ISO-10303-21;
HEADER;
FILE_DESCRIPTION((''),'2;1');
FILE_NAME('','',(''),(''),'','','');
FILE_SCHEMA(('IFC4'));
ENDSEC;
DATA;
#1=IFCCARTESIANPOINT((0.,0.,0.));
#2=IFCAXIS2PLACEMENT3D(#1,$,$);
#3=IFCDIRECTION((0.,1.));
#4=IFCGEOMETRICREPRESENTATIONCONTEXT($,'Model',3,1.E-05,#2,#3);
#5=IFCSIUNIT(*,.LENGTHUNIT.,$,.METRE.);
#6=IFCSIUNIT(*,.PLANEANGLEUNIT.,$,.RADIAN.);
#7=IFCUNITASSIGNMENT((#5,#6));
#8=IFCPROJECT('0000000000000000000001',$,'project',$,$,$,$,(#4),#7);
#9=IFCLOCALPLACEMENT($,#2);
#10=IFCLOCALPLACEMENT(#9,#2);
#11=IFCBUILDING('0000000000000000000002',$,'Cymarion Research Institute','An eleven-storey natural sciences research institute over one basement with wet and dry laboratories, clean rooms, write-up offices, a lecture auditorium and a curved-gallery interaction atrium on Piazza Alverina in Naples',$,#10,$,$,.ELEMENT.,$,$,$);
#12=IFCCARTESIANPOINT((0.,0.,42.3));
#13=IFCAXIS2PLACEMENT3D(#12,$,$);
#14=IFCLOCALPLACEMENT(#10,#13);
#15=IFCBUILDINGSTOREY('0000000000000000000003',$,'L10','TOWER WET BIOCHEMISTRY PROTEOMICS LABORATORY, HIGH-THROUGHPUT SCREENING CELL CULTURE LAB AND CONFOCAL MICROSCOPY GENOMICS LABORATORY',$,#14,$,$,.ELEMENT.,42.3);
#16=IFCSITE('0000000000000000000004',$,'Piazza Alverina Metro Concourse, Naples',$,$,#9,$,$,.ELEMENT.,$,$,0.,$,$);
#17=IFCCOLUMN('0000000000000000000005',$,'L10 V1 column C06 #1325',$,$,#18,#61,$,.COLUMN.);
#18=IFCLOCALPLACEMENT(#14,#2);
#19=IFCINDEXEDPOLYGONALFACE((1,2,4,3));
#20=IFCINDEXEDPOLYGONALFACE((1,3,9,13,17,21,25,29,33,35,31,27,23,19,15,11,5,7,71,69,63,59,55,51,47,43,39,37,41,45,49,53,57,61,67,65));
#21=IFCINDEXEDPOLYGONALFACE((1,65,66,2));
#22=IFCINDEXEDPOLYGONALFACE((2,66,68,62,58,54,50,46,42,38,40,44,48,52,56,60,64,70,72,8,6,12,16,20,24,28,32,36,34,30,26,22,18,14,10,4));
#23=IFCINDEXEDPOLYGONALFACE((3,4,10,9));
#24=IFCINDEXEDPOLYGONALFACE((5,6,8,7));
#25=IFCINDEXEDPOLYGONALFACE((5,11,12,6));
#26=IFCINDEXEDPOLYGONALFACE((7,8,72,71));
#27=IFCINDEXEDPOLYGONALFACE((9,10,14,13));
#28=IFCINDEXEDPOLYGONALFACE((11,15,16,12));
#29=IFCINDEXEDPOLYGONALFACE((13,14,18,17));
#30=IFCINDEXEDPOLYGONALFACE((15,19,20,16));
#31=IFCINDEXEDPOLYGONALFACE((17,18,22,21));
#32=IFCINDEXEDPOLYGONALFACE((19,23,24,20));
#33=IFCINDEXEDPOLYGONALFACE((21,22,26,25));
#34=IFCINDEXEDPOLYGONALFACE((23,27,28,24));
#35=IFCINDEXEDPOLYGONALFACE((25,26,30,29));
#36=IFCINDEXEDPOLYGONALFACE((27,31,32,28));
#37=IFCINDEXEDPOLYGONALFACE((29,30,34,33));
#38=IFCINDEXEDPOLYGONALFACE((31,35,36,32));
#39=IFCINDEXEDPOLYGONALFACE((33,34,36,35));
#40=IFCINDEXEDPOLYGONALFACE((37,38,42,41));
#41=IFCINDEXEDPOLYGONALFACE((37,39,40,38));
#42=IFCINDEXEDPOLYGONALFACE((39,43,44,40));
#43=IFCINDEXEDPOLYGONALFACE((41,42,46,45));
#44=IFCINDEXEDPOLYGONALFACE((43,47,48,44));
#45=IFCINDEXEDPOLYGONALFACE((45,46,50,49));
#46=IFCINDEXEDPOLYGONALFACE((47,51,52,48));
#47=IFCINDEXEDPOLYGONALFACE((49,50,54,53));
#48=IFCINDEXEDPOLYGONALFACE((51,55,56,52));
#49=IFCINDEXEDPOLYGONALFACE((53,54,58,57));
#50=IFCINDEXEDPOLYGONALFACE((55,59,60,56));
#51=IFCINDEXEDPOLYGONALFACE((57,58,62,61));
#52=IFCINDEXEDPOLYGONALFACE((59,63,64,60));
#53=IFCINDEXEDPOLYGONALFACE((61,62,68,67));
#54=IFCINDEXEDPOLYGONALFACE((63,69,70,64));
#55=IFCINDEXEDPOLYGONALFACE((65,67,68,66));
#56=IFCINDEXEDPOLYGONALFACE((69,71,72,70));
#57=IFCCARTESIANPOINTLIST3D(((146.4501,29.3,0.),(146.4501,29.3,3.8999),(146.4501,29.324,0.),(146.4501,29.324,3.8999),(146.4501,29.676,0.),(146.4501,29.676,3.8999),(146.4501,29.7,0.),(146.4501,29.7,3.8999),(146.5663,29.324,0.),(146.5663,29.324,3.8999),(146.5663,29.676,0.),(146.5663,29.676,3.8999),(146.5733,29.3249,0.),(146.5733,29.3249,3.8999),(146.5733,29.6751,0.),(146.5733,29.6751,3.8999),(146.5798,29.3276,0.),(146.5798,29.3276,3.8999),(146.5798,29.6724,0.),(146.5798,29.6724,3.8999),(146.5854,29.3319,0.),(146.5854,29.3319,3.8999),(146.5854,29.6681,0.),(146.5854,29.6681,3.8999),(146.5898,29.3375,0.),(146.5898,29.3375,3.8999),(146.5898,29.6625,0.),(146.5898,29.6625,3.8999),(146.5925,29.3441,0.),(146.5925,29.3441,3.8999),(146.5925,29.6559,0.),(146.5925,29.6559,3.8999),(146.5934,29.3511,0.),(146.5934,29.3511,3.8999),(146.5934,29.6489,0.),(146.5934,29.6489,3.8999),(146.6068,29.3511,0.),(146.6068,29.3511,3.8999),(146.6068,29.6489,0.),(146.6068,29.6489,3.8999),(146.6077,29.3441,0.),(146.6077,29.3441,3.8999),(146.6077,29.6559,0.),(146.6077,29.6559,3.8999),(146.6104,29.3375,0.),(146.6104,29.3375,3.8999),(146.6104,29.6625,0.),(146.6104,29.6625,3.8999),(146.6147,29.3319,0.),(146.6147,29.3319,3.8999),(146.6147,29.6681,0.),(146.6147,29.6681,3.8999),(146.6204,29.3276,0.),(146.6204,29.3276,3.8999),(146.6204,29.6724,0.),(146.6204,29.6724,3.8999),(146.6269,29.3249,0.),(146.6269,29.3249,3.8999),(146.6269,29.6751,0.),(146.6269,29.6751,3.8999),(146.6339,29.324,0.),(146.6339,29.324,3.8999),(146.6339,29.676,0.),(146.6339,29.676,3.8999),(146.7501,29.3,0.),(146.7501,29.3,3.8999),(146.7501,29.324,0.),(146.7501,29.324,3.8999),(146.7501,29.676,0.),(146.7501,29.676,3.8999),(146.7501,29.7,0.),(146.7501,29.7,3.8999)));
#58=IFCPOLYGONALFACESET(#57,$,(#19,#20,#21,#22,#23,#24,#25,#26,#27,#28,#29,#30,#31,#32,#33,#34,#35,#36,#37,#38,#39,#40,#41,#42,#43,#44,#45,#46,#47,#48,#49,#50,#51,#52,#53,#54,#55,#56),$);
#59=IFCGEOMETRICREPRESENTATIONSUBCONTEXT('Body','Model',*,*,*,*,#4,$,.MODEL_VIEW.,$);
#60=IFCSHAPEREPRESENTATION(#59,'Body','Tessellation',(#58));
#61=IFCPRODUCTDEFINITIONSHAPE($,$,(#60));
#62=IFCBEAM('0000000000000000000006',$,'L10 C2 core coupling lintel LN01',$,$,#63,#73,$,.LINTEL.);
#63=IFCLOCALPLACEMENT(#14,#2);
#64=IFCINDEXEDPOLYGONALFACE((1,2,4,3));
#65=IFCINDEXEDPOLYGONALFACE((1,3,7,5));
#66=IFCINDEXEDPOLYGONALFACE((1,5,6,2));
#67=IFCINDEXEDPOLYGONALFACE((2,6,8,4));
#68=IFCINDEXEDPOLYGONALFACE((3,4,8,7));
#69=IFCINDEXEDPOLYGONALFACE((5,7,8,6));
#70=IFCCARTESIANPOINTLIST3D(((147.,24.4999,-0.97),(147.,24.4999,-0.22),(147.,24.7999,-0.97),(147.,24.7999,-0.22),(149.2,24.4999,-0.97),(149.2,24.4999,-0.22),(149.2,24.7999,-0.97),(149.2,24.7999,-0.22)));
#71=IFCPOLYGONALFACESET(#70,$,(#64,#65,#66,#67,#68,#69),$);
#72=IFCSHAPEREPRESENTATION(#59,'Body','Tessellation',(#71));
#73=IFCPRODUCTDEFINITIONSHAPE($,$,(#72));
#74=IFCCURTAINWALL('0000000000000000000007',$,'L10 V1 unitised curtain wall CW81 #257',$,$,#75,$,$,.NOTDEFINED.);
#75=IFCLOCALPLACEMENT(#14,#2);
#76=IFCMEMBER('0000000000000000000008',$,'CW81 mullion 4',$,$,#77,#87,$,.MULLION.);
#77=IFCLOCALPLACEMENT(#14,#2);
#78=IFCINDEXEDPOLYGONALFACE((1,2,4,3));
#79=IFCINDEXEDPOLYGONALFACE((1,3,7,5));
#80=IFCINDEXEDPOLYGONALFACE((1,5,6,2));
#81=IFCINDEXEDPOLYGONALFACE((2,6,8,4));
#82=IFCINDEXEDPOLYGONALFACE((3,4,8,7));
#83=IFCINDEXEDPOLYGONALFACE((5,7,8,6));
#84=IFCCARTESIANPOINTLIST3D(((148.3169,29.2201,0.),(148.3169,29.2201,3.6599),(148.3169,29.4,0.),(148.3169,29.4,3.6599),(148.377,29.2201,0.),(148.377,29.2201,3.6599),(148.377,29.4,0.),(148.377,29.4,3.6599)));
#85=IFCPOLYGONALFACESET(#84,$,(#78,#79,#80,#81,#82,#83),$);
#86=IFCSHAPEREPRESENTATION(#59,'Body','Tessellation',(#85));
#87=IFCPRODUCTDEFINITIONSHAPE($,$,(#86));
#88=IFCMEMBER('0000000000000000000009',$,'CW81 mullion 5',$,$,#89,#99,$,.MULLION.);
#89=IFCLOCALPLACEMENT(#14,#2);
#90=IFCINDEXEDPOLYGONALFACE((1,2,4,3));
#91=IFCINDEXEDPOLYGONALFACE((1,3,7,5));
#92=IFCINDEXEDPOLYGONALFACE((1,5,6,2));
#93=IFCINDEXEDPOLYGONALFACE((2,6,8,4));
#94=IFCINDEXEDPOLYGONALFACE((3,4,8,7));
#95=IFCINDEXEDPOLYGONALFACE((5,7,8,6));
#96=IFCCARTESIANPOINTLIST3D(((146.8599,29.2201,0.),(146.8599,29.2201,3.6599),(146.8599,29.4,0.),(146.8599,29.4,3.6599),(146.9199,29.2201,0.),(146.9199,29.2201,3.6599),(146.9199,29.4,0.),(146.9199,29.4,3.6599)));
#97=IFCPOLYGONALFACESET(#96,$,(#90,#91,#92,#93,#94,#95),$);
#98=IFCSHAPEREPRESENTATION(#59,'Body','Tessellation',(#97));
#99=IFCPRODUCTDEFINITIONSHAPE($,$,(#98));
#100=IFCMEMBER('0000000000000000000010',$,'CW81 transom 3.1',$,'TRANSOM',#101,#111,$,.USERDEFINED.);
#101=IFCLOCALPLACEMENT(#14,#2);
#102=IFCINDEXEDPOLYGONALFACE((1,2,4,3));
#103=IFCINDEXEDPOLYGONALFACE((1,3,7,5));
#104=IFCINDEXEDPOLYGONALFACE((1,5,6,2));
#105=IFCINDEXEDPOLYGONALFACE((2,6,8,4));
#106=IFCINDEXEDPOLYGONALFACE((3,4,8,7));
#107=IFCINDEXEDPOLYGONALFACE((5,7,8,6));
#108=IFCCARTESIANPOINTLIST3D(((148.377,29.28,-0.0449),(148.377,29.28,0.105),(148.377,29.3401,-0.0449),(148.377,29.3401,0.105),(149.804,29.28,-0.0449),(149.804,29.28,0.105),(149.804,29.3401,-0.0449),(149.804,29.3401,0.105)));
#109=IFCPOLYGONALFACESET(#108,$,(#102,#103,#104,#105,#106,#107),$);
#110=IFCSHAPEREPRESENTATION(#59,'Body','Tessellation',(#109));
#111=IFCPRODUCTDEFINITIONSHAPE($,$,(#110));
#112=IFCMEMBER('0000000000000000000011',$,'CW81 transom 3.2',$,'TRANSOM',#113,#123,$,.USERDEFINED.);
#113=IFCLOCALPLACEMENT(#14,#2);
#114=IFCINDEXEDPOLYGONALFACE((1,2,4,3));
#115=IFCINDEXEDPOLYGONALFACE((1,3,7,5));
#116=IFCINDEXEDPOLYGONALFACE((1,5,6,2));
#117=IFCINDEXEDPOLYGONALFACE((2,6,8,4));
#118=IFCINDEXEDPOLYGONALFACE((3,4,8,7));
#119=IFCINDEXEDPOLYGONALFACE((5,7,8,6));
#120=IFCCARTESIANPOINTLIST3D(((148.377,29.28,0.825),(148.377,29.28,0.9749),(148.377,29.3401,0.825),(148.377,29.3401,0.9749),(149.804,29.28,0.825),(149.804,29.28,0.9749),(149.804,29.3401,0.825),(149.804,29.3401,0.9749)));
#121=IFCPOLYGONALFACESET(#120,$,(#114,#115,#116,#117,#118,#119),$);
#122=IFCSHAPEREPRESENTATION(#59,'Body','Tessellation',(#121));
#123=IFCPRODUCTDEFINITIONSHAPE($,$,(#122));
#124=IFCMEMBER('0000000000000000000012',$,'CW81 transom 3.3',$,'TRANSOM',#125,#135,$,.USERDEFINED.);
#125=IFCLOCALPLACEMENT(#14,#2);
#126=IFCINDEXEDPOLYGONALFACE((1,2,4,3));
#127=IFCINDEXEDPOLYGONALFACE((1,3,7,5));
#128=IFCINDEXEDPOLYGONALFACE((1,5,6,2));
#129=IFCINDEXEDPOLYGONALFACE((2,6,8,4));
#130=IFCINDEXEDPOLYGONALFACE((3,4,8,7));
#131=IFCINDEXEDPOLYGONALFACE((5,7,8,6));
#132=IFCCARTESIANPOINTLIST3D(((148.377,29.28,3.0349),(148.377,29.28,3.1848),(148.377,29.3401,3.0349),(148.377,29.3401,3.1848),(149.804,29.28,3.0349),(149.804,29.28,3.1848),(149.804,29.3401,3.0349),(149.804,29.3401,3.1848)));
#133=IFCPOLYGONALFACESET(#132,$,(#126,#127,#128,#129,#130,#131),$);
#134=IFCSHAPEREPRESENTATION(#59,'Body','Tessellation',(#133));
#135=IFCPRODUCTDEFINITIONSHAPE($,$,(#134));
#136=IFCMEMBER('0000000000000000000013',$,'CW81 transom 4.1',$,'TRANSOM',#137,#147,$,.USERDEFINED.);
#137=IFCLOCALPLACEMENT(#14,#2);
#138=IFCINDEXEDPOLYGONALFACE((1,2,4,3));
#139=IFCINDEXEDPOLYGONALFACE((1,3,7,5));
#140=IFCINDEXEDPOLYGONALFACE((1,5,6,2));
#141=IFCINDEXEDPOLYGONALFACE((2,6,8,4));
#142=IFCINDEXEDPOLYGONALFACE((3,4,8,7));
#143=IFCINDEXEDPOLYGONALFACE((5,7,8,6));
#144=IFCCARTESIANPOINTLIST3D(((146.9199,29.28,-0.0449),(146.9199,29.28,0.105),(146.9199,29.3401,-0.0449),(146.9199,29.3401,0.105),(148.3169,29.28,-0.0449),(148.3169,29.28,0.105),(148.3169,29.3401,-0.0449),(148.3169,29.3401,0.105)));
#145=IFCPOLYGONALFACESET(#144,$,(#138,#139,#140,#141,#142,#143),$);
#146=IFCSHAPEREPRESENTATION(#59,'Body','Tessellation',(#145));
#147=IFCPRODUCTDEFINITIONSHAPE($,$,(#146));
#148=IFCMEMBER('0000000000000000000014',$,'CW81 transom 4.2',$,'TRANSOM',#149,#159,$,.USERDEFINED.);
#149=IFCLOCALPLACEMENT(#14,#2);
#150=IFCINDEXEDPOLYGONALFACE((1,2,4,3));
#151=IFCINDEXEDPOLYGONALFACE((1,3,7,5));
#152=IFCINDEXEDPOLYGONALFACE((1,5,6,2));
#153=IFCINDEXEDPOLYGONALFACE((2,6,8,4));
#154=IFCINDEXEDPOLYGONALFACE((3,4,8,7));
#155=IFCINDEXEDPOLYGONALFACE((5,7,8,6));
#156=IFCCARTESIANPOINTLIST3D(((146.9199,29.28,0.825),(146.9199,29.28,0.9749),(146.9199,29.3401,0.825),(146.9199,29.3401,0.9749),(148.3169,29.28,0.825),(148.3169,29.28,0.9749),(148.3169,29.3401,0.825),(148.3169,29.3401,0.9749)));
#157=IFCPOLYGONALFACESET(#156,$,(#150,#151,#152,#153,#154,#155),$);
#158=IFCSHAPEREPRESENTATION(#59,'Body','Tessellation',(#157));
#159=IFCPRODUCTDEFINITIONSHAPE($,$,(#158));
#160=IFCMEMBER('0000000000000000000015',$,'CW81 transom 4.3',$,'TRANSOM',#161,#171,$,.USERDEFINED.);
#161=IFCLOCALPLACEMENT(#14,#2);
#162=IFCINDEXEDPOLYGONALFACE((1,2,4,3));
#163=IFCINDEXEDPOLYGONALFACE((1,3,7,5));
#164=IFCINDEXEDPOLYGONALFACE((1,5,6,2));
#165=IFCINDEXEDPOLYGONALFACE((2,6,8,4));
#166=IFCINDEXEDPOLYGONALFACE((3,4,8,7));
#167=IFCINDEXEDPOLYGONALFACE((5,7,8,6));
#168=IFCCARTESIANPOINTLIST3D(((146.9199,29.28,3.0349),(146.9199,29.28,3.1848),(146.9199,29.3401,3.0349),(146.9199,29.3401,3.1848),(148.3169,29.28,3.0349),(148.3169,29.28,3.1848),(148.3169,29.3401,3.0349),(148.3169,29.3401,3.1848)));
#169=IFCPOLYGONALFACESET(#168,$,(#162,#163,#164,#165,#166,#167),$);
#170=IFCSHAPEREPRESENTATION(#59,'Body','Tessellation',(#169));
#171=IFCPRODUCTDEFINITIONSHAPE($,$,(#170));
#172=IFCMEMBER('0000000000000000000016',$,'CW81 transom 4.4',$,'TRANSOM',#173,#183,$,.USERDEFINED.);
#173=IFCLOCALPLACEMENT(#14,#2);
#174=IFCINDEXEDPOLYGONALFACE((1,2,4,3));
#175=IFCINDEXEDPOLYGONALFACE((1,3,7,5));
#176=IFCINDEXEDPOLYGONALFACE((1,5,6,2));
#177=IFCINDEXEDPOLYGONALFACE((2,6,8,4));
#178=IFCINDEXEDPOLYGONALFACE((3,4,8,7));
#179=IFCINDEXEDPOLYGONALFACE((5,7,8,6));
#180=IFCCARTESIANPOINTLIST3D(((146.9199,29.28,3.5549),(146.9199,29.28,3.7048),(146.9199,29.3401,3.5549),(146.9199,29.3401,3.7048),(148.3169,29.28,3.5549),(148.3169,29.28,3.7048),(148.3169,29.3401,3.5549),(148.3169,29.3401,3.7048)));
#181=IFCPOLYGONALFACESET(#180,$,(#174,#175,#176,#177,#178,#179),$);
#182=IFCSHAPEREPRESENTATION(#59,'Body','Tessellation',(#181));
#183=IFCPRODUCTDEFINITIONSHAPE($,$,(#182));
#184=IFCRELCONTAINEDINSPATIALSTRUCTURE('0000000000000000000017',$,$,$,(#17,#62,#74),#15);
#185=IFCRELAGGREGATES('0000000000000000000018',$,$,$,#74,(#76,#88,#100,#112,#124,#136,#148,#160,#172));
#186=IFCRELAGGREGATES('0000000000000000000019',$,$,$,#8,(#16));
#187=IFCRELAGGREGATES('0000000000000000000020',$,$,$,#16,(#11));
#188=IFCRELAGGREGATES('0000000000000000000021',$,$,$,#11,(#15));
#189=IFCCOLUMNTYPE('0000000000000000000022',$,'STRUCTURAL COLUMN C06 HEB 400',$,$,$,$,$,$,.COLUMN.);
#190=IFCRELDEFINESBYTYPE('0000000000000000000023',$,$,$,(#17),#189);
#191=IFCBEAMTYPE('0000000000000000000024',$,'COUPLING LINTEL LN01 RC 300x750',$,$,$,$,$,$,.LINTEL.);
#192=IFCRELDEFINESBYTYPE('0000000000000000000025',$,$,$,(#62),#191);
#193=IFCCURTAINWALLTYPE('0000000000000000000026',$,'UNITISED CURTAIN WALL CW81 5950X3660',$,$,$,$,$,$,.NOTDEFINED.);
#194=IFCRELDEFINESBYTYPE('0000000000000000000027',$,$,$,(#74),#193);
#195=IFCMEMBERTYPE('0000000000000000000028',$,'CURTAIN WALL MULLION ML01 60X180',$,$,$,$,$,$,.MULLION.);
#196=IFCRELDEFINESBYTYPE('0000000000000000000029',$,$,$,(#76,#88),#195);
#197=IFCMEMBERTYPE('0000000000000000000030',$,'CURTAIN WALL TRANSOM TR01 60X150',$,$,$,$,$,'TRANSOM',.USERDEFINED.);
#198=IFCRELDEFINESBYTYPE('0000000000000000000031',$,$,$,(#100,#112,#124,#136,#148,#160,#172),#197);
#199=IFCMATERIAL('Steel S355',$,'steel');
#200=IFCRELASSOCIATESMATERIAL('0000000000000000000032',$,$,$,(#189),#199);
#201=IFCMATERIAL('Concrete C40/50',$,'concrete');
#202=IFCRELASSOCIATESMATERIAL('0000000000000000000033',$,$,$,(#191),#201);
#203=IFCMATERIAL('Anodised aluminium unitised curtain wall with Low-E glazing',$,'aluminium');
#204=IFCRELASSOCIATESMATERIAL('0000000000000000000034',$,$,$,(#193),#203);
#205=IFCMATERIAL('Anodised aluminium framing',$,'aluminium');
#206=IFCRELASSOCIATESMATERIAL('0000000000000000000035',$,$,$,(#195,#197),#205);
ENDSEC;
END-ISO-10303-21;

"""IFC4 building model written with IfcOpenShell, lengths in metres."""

from ifc_helpers import new_model, si_unit, direction, frame, origin, origin_2d, place, context, subcontext, project, spatial, rectangle, i_section, extrude, material, material_profile, profile_set, type_object, element, aggregate, save


model = new_model("IFC4")

# Units and contexts
model_context = context("Model", 3, precision=1e-05, world=origin(), true_north=direction((0.0, 1.0)))
body_context = subcontext(model_context, "Body", "Model", "MODEL_VIEW")
ifc_project = project(units=[si_unit("LENGTHUNIT", "METRE"), si_unit("PLANEANGLEUNIT", "RADIAN")], contexts=[model_context])

# Site, building, storey
site_placement = place(None, origin())
site = spatial("IfcSite", under=ifc_project, at=site_placement, Name="Piazza Alverina Metro Concourse, Naples", CompositionType="ELEMENT", RefElevation=0.0)
building_placement = place(site_placement, origin())
building = spatial("IfcBuilding", under=site, at=building_placement, Name="Cymarion Research Institute", Description="An eleven-storey natural sciences research institute over one basement with wet and dry laboratories, clean rooms, write-up offices, a lecture auditorium and a curved-gallery interaction atrium on Piazza Alverina in Naples", CompositionType="ELEMENT")
storey_placement = place(building_placement, frame((0.0, 0.0, 42.3)))
storey = spatial("IfcBuildingStorey", under=building, at=storey_placement, Name="L10", Description="TOWER WET BIOCHEMISTRY PROTEOMICS LABORATORY, HIGH-THROUGHPUT SCREENING CELL CULTURE LAB AND CONFOCAL MICROSCOPY GENOMICS LABORATORY", CompositionType="ELEMENT", Elevation=42.3)

# Column
ifc_material_1 = material(Name="Steel S355", Category="steel")
ifc_material_profile_1 = material_profile(ifc_material_1, i_section(OverallWidth=0.3, OverallDepth=0.3999, WebThickness=0.0134, FlangeThickness=0.0239, FilletRadius=0.0271, at=origin_2d()), Name="HEB 400")
ifc_profile_set_1 = profile_set([ifc_material_profile_1], Name="Steel S355")
column_type = type_object("IfcColumnType", Name="STRUCTURAL COLUMN C06 HEB 400", PredefinedType="COLUMN", material=ifc_profile_set_1)
column_placement = place(storey_placement, frame((146.6001, 29.5, 0.0), z_axis=(0.0, 0.0, 1.0), x_axis=(1.0, 0.0, 0.0)))
element("IfcColumn", 1, at=column_placement, inside=storey, type_object=column_type, Name="L10 V1 column C06 #1325", PredefinedType="COLUMN", context=body_context, shape_type="SweptSolid", body=[
    extrude(i_section(OverallWidth=0.3, OverallDepth=0.3999, WebThickness=0.0134, FlangeThickness=0.0239, FilletRadius=0.0271, at=origin_2d()), origin(), (0.0, 0.0, 1.0), 3.8999),
])

# Beam
ifc_material_2 = material(Name="Concrete C40/50", Category="concrete")
ifc_material_profile_2 = material_profile(ifc_material_2, rectangle(XDim=0.3, YDim=0.75, at=origin_2d()), Name="RC 300x750")
ifc_profile_set_2 = profile_set([ifc_material_profile_2], Name="Concrete C40/50")
beam_type_1 = type_object("IfcBeamType", Name="COUPLING LINTEL LN01 RC 300x750", PredefinedType="LINTEL", material=ifc_profile_set_2)
beam_1_placement = place(storey_placement, frame((147.0, 24.6499, -0.595), z_axis=(1.0, 0.0, 0.0), x_axis=(0.0, 1.0, 0.0)))
element("IfcBeam", 2, at=beam_1_placement, inside=storey, type_object=beam_type_1, Name="L10 C2 core coupling lintel LN01", PredefinedType="LINTEL", context=body_context, shape_type="SweptSolid", body=[
    extrude(rectangle(XDim=0.3, YDim=0.75, at=origin_2d()), origin(), (0.0, 0.0, 1.0), 2.2),
])

# Curtain wall, members
ifc_material_3 = material(Name="Anodised aluminium unitised curtain wall with Low-E glazing", Category="aluminium")
curtain_wall_type = type_object("IfcCurtainWallType", Name="UNITISED CURTAIN WALL CW81 5950X3660", PredefinedType="NOTDEFINED", material=ifc_material_3)
curtain_wall_placement = place(storey_placement, origin())
curtain_wall = element("IfcCurtainWall", 3, at=curtain_wall_placement, inside=storey, type_object=curtain_wall_type, Name="L10 V1 unitised curtain wall CW81 #257", PredefinedType="NOTDEFINED")
ifc_material_4 = material(Name="Anodised aluminium framing", Category="aluminium")
ifc_material_profile_3 = material_profile(ifc_material_4, rectangle(XDim=0.0601, YDim=0.1799, at=origin_2d()), Name="ALU MULLION 60x180")
ifc_profile_set_3 = profile_set([ifc_material_profile_3], Name="Anodised aluminium framing")
member_type_1 = type_object("IfcMemberType", Name="CURTAIN WALL MULLION ML01 60X180", PredefinedType="MULLION", material=ifc_profile_set_3)
member_1_placement = place(storey_placement, frame((148.3469, 29.3101, 0.0), z_axis=(0.0, 0.0, 1.0), x_axis=(-1.0, 0.0, 0.0)))
member_1 = element("IfcMember", 4, at=member_1_placement, type_object=member_type_1, Name="CW81 mullion 4", PredefinedType="MULLION", context=body_context, shape_type="SweptSolid", body=[
    extrude(rectangle(XDim=0.0601, YDim=0.1799, at=origin_2d()), origin(), (0.0, 0.0, 1.0), 3.6599),
])
member_2_placement = place(storey_placement, frame((146.8899, 29.3101, 0.0), z_axis=(0.0, 0.0, 1.0), x_axis=(-1.0, 0.0, 0.0)))
member_2 = element("IfcMember", 5, at=member_2_placement, type_object=member_type_1, Name="CW81 mullion 5", PredefinedType="MULLION", context=body_context, shape_type="SweptSolid", body=[
    extrude(rectangle(XDim=0.0601, YDim=0.1799, at=origin_2d()), origin(), (0.0, 0.0, 1.0), 3.6599),
])
ifc_material_profile_4 = material_profile(ifc_material_4, rectangle(XDim=0.0601, YDim=0.1499, at=origin_2d()), Name="ALU TRANSOM 60x150")
ifc_profile_set_4 = profile_set([ifc_material_profile_4], Name="Anodised aluminium framing")
member_type_2 = type_object("IfcMemberType", Name="CURTAIN WALL TRANSOM TR01 60X150", ElementType="TRANSOM", PredefinedType="USERDEFINED", material=ifc_profile_set_4)
member_3_placement = place(storey_placement, frame((149.804, 29.3101, 0.03), z_axis=(-1.0, 0.0, 0.0), x_axis=(0.0, -1.0, 0.0)))
member_3 = element("IfcMember", 6, at=member_3_placement, type_object=member_type_2, Name="CW81 transom 3.1", ObjectType="TRANSOM", PredefinedType="USERDEFINED", context=body_context, shape_type="SweptSolid", body=[
    extrude(rectangle(XDim=0.0601, YDim=0.1499, at=origin_2d()), origin(), (0.0, 0.0, 1.0), 1.427),
])
member_4_placement = place(storey_placement, frame((149.804, 29.3101, 0.8999), z_axis=(-1.0, 0.0, 0.0), x_axis=(0.0, -1.0, 0.0)))
member_4 = element("IfcMember", 7, at=member_4_placement, type_object=member_type_2, Name="CW81 transom 3.2", ObjectType="TRANSOM", PredefinedType="USERDEFINED", context=body_context, shape_type="SweptSolid", body=[
    extrude(rectangle(XDim=0.0601, YDim=0.1499, at=origin_2d()), origin(), (0.0, 0.0, 1.0), 1.427),
])
member_5_placement = place(storey_placement, frame((149.804, 29.3101, 3.1099), z_axis=(-1.0, 0.0, 0.0), x_axis=(0.0, -1.0, 0.0)))
member_5 = element("IfcMember", 8, at=member_5_placement, type_object=member_type_2, Name="CW81 transom 3.3", ObjectType="TRANSOM", PredefinedType="USERDEFINED", context=body_context, shape_type="SweptSolid", body=[
    extrude(rectangle(XDim=0.0601, YDim=0.1499, at=origin_2d()), origin(), (0.0, 0.0, 1.0), 1.427),
])
member_6_placement = place(storey_placement, frame((148.3169, 29.3101, 0.03), z_axis=(-1.0, 0.0, 0.0), x_axis=(0.0, -1.0, 0.0)))
member_6 = element("IfcMember", 9, at=member_6_placement, type_object=member_type_2, Name="CW81 transom 4.1", ObjectType="TRANSOM", PredefinedType="USERDEFINED", context=body_context, shape_type="SweptSolid", body=[
    extrude(rectangle(XDim=0.0601, YDim=0.1499, at=origin_2d()), origin(), (0.0, 0.0, 1.0), 1.397),
])
member_7_placement = place(storey_placement, frame((148.3169, 29.3101, 0.8999), z_axis=(-1.0, 0.0, 0.0), x_axis=(0.0, -1.0, 0.0)))
member_7 = element("IfcMember", 10, at=member_7_placement, type_object=member_type_2, Name="CW81 transom 4.2", ObjectType="TRANSOM", PredefinedType="USERDEFINED", context=body_context, shape_type="SweptSolid", body=[
    extrude(rectangle(XDim=0.0601, YDim=0.1499, at=origin_2d()), origin(), (0.0, 0.0, 1.0), 1.397),
])
member_8_placement = place(storey_placement, frame((148.3169, 29.3101, 3.1099), z_axis=(-1.0, 0.0, 0.0), x_axis=(0.0, -1.0, 0.0)))
member_8 = element("IfcMember", 11, at=member_8_placement, type_object=member_type_2, Name="CW81 transom 4.3", ObjectType="TRANSOM", PredefinedType="USERDEFINED", context=body_context, shape_type="SweptSolid", body=[
    extrude(rectangle(XDim=0.0601, YDim=0.1499, at=origin_2d()), origin(), (0.0, 0.0, 1.0), 1.397),
])
member_9_placement = place(storey_placement, frame((148.3169, 29.3101, 3.6299), z_axis=(-1.0, 0.0, 0.0), x_axis=(0.0, -1.0, 0.0)))
member_9 = element("IfcMember", 12, at=member_9_placement, type_object=member_type_2, Name="CW81 transom 4.4", ObjectType="TRANSOM", PredefinedType="USERDEFINED", context=body_context, shape_type="SweptSolid", body=[
    extrude(rectangle(XDim=0.0601, YDim=0.1499, at=origin_2d()), origin(), (0.0, 0.0, 1.0), 1.397),
])

aggregate(curtain_wall, [member_1, member_2, member_3, member_4, member_5, member_6, member_7, member_8, member_9])

save(model, "model.ifc")
